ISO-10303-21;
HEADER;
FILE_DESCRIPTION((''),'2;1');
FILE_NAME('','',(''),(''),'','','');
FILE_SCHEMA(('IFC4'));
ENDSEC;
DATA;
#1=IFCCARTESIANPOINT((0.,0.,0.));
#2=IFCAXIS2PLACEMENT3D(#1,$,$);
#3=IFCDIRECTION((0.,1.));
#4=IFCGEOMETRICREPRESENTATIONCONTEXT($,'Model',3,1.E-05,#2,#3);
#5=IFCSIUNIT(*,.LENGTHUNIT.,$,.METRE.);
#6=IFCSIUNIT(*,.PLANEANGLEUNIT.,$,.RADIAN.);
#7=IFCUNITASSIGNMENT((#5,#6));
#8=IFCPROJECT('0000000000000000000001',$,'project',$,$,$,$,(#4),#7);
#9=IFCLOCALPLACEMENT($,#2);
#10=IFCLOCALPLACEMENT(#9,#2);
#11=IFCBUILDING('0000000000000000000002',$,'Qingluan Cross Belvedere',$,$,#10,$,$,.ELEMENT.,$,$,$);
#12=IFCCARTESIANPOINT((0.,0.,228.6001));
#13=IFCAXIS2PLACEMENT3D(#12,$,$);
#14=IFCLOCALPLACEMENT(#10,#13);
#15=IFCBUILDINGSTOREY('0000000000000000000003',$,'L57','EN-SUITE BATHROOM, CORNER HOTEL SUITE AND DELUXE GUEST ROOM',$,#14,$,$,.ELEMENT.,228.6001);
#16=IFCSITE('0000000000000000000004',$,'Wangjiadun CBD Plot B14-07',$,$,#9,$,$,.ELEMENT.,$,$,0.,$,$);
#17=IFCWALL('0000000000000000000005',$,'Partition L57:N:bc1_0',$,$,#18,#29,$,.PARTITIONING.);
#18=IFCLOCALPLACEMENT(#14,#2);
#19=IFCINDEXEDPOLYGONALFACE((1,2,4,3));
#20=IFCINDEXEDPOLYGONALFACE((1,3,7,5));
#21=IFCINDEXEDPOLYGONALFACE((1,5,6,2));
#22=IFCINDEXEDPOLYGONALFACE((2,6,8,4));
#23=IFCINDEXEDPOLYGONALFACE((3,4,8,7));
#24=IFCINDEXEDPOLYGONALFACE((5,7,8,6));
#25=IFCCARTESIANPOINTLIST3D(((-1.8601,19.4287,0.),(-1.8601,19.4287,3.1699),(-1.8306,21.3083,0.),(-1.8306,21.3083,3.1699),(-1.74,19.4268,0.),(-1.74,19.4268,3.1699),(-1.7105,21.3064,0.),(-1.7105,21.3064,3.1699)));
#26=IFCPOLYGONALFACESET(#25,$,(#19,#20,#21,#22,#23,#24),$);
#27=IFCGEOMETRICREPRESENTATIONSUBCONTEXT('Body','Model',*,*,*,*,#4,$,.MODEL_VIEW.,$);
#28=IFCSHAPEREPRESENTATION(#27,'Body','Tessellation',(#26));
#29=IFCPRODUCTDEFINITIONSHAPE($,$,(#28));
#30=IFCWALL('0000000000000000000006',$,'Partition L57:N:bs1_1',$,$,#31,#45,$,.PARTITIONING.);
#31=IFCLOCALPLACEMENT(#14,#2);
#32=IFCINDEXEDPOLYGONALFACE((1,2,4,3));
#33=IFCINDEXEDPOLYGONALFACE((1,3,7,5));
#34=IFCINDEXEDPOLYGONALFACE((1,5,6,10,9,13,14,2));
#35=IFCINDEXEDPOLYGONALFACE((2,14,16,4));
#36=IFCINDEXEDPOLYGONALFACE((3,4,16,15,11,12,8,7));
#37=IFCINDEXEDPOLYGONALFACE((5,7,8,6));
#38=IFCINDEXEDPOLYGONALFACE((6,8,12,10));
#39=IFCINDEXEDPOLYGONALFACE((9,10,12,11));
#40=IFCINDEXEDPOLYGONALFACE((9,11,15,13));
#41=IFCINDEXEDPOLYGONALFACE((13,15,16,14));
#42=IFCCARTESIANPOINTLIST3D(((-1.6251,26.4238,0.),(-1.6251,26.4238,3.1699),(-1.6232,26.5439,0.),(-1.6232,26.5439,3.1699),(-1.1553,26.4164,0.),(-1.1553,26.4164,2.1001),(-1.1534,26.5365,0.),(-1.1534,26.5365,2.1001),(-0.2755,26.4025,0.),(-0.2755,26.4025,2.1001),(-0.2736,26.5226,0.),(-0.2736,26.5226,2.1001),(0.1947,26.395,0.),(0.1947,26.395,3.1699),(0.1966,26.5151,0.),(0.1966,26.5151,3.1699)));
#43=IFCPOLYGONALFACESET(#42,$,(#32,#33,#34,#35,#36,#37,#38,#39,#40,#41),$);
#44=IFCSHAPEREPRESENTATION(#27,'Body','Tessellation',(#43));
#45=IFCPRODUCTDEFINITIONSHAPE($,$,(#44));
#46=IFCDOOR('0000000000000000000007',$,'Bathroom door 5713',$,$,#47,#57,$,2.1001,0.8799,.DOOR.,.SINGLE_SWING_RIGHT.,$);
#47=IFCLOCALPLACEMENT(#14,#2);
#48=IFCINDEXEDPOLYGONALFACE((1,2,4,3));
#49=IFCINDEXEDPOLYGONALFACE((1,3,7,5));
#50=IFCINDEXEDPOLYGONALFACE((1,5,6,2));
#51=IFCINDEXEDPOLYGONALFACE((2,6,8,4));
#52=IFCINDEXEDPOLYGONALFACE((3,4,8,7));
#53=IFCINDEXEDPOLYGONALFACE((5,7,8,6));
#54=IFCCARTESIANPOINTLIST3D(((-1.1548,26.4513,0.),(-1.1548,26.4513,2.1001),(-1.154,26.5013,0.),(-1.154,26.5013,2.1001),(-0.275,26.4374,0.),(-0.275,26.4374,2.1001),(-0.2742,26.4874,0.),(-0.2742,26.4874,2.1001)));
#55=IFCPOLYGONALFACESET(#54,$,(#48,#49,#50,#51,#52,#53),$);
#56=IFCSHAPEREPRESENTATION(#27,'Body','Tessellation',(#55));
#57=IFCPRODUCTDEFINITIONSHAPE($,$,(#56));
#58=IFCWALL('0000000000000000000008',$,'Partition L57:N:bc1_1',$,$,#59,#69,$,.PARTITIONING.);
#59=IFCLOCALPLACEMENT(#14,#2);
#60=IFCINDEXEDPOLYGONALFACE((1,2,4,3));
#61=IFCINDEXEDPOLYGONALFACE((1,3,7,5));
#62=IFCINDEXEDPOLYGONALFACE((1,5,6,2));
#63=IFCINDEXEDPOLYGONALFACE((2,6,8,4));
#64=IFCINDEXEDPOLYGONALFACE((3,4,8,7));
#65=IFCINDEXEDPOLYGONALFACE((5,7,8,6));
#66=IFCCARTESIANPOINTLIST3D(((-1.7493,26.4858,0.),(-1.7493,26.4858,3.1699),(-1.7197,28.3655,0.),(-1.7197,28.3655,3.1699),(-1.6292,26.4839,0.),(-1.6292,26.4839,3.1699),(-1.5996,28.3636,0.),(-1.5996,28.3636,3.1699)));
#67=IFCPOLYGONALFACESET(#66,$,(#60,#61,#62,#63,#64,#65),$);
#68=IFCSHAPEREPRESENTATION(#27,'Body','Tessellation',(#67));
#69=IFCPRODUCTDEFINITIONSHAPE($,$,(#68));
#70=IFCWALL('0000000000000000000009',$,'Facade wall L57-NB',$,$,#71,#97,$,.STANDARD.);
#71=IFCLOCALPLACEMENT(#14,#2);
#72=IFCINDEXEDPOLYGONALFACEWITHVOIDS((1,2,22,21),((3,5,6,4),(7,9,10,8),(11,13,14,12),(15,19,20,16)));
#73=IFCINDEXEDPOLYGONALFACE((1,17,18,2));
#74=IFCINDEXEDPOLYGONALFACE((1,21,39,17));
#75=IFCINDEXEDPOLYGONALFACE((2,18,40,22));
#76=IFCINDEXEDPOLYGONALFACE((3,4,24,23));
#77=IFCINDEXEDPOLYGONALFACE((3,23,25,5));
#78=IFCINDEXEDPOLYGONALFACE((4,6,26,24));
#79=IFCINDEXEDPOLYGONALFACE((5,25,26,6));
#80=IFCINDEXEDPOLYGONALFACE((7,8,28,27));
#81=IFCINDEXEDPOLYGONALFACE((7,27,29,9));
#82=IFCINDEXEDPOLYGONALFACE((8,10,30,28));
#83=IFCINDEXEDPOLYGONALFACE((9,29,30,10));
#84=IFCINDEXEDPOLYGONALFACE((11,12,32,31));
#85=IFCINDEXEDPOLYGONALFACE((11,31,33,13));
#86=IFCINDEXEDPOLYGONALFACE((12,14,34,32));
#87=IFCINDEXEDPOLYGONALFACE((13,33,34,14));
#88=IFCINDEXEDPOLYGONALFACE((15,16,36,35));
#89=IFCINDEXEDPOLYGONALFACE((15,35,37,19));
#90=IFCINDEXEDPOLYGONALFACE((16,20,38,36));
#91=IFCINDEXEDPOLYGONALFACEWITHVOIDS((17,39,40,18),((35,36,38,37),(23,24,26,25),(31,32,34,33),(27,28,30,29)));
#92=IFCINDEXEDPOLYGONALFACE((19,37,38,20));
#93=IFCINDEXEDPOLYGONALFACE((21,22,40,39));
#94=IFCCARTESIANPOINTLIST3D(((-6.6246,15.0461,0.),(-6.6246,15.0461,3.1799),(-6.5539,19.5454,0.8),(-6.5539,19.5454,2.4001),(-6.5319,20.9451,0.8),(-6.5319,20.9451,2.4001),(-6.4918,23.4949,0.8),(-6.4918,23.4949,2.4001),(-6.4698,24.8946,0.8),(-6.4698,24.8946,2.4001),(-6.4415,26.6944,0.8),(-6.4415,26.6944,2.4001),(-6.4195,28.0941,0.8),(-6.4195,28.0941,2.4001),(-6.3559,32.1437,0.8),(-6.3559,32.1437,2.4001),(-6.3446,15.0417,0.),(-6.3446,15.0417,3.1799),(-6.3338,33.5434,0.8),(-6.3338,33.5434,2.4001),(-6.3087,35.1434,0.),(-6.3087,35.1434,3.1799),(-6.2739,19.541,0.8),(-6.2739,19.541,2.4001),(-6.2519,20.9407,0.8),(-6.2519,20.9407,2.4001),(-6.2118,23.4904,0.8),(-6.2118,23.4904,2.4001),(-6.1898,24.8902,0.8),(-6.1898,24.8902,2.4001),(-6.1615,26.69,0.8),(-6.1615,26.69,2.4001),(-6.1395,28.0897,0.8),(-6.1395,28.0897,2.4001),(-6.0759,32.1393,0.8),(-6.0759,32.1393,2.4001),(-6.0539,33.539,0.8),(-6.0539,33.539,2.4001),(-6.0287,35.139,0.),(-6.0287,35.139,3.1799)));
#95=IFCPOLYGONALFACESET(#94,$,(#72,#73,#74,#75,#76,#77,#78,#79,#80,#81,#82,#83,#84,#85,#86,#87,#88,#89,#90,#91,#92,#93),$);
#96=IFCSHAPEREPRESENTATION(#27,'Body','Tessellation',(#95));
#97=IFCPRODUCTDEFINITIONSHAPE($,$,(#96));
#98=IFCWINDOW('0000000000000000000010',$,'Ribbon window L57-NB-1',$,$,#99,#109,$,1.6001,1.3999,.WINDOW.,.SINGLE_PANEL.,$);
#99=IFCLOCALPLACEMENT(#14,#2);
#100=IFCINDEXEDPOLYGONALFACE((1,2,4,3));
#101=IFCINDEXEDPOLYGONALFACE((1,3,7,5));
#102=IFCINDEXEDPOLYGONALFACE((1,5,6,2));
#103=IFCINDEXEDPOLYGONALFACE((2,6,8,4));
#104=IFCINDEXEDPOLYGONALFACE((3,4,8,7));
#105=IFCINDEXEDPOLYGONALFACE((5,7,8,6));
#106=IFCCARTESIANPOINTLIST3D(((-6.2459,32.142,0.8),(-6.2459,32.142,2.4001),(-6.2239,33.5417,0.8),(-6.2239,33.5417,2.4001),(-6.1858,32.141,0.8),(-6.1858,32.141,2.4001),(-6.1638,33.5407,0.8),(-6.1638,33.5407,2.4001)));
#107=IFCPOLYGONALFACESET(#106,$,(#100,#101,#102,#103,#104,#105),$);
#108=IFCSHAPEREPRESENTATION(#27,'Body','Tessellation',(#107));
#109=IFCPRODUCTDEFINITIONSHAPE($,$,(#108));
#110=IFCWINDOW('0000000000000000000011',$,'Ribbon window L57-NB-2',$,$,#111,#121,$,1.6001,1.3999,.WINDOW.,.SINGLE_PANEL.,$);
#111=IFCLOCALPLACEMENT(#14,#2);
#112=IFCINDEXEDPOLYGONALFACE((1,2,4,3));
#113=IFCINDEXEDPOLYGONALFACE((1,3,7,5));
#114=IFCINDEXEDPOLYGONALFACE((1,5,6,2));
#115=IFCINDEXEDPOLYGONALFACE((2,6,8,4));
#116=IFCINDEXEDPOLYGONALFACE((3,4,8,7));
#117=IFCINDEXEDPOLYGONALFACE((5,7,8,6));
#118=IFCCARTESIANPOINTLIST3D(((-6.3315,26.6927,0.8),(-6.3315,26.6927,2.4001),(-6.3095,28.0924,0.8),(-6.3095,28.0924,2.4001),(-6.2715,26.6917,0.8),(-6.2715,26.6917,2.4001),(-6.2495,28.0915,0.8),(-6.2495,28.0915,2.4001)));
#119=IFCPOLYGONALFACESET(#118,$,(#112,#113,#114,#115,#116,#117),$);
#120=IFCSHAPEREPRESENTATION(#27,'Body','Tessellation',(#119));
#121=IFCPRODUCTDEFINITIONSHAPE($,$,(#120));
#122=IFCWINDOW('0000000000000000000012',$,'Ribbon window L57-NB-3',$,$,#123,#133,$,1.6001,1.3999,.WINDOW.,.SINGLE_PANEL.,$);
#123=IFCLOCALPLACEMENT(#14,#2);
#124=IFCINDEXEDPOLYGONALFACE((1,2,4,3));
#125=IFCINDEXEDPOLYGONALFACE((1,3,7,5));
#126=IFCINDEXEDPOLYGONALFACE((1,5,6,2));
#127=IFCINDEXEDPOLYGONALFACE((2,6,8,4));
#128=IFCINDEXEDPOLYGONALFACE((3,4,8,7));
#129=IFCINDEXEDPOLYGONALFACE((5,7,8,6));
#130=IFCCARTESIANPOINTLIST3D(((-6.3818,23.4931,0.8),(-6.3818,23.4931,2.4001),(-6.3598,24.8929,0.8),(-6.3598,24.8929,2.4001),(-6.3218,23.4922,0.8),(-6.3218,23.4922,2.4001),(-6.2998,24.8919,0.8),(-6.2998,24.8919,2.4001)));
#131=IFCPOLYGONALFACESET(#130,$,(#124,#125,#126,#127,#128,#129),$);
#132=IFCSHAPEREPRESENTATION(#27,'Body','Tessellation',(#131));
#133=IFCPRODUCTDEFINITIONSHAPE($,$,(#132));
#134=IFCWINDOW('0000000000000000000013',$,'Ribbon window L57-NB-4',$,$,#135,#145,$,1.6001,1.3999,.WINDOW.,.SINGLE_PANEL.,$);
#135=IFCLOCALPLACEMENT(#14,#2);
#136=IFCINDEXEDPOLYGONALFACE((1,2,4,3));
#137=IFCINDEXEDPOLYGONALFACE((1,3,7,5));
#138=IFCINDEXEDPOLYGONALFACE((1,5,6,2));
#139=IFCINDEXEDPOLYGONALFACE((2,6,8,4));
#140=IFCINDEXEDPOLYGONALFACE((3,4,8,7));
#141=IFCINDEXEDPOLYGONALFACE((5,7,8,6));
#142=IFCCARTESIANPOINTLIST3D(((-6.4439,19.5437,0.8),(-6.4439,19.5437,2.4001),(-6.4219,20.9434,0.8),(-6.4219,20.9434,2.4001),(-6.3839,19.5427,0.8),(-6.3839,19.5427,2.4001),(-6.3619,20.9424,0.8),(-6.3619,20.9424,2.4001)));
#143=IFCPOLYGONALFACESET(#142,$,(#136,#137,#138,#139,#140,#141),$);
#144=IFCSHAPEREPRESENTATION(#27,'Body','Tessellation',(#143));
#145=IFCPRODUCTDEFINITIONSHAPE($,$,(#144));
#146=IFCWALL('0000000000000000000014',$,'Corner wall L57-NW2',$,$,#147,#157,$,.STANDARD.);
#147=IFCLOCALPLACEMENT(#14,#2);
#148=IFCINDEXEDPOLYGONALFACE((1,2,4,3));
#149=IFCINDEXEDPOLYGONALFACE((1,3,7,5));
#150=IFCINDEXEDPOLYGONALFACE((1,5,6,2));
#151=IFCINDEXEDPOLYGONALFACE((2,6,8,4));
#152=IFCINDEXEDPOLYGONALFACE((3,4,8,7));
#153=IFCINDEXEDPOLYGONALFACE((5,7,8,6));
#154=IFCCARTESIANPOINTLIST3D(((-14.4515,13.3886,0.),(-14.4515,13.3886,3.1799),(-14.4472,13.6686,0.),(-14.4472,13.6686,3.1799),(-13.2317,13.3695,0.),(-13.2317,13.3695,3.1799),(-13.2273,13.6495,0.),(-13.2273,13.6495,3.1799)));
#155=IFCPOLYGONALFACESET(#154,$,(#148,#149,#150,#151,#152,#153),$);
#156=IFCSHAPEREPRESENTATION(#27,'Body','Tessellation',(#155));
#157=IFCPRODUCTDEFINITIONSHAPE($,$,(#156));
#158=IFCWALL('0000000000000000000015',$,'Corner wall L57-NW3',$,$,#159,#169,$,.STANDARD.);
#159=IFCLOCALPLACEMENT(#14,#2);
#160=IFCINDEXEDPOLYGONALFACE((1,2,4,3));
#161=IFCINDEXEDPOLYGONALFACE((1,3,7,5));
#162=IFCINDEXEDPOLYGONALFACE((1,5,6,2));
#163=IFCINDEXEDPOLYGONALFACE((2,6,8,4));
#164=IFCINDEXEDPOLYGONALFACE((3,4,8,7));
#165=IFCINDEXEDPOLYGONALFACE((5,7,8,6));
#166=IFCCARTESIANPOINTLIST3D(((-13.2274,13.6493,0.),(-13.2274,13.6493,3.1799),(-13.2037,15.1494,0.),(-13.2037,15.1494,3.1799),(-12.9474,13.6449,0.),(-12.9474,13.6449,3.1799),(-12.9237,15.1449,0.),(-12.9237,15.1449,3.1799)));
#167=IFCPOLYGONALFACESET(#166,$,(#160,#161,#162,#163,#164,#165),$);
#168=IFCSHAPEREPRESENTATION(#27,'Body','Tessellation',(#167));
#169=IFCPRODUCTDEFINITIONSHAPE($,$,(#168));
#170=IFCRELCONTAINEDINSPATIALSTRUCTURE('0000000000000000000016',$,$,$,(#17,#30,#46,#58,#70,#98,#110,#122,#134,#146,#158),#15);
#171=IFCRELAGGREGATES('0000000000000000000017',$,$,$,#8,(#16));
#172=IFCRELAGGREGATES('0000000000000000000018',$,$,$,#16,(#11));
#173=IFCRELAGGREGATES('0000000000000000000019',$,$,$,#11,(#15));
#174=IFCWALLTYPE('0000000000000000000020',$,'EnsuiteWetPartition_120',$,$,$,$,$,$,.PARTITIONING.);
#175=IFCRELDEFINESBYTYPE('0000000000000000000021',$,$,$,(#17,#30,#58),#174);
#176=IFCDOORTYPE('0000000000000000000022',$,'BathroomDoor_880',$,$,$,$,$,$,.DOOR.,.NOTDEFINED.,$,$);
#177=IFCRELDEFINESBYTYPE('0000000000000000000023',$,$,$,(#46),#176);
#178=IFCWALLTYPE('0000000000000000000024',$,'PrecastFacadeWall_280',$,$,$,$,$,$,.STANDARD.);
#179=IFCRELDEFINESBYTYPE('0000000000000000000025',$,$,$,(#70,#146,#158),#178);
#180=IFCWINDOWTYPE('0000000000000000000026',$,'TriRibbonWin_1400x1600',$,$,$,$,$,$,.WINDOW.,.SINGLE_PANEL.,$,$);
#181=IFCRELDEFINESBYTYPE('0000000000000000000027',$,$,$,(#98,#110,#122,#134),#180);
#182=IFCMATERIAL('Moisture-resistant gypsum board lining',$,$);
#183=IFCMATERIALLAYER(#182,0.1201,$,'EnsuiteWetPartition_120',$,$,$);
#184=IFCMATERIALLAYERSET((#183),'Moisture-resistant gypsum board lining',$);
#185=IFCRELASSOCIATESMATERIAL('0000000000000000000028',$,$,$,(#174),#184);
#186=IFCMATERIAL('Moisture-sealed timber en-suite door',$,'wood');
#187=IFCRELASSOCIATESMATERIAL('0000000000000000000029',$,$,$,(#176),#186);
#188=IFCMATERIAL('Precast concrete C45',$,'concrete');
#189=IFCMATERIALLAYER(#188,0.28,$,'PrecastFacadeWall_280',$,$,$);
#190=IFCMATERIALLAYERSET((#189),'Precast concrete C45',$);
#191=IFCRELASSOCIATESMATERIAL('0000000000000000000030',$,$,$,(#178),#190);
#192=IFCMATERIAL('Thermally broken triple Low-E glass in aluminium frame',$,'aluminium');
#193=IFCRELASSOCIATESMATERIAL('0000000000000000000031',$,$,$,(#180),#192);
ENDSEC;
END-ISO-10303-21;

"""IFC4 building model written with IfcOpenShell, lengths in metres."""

from ifc_helpers import new_model, si_unit, direction, frame, frame_2d, origin, place, context, subcontext, project, spatial, rectangle, extrude, material, layer, layer_set, type_object, element, fill, save


model = new_model("IFC4")

# Units and contexts
model_context = context("Model", 3, precision=1e-05, world=origin(), true_north=direction((0.0, 1.0)))
body_context = subcontext(model_context, "Body", "Model", "MODEL_VIEW")
ifc_project = project(units=[si_unit("LENGTHUNIT", "METRE"), si_unit("PLANEANGLEUNIT", "RADIAN")], contexts=[model_context])

# Site, building, storey
site_placement = place(None, origin())
site = spatial("IfcSite", under=ifc_project, at=site_placement, Name="Wangjiadun CBD Plot B14-07", CompositionType="ELEMENT", RefElevation=0.0)
building_placement = place(site_placement, origin())
building = spatial("IfcBuilding", under=site, at=building_placement, Name="Qingluan Cross Belvedere", CompositionType="ELEMENT")
storey_placement = place(building_placement, frame((0.0, 0.0, 228.6001)))
storey = spatial("IfcBuildingStorey", under=building, at=storey_placement, Name="L57", Description="EN-SUITE BATHROOM, CORNER HOTEL SUITE AND DELUXE GUEST ROOM", CompositionType="ELEMENT", Elevation=228.6001)

# Shared definitions
ifc_material_1 = material(Name="Moisture-resistant gypsum board lining")
ifc_layer_1 = layer(ifc_material_1, 0.1201, Name="EnsuiteWetPartition_120")
ifc_layer_set_1 = layer_set([ifc_layer_1], Name="Moisture-resistant gypsum board lining")
wall_type_1 = type_object("IfcWallType", Name="EnsuiteWetPartition_120", PredefinedType="PARTITIONING", material=ifc_layer_set_1)
ifc_material_2 = material(Name="Moisture-sealed timber en-suite door", Category="wood")
door_type = type_object("IfcDoorType", Name="BathroomDoor_880", OperationType="NOTDEFINED", PredefinedType="DOOR", material=ifc_material_2)

# Wall
wall_1_placement = place(storey_placement, frame((-1.8, 19.4277, 0.0), z_axis=(0.0, 0.0, 1.0), x_axis=(0.015714, 0.999877, 0.0)))
element("IfcWall", 1, at=wall_1_placement, inside=storey, type_object=wall_type_1, Name="Partition L57:N:bc1_0", PredefinedType="PARTITIONING", context=body_context, shape_type="SweptSolid", body=[
    extrude(rectangle(XDim=1.8799, YDim=0.1201, at=frame_2d((0.9399, 0.0))), origin(), (0.0, 0.0, 1.0), 3.1699),
])

# Wall, opening, door
wall_2_placement = place(storey_placement, frame((-1.6243, 26.4839, 0.0), z_axis=(0.0, 0.0, 1.0), x_axis=(0.999875, -0.015828, 0.0)))
wall_2 = element("IfcWall", 2, at=wall_2_placement, inside=storey, type_object=wall_type_1, Name="Partition L57:N:bs1_1", PredefinedType="PARTITIONING", context=body_context, shape_type="SweptSolid", body=[
    extrude(rectangle(XDim=1.8201, YDim=0.1201, at=frame_2d((0.9102, 0.0))), origin(), (0.0, 0.0, 1.0), 3.1699),
])
opening_1_placement = place(wall_2_placement, frame((0.47, 0.0, 0.0)))
opening_1 = element("IfcOpeningElement", 3, at=opening_1_placement, cuts=wall_2, PredefinedType="OPENING", context=body_context, shape_type="SweptSolid", body=[
    extrude(rectangle(XDim=0.8799, YDim=2.1001, at=frame_2d((0.4399, 1.05))), frame((0.0, 0.0701, 0.0), z_axis=(0.0, -1.0, 0.0), x_axis=(1.0, 0.0, 0.0)), (0.0, 0.0, 1.0), 0.1401),
])
door_1_placement = place(opening_1_placement, origin())
door_1 = element("IfcDoor", 4, at=door_1_placement, inside=storey, type_object=door_type, Name="Bathroom door 5713", OperationType="SINGLE_SWING_RIGHT", OverallHeight=2.1001, OverallWidth=0.8799, PredefinedType="DOOR", context=body_context, shape_type="SweptSolid", body=[
    extrude(rectangle(XDim=0.8799, YDim=2.1001, at=frame_2d((0.4399, 1.05))), frame((0.0, 0.0249, 0.0), z_axis=(0.0, -1.0, 0.0), x_axis=(1.0, 0.0, 0.0)), (0.0, 0.0, 1.0), 0.05),
])
fill(opening_1, door_1)

# Wall
wall_3_placement = place(storey_placement, frame((-1.6892, 26.4849, 0.0), z_axis=(0.0, 0.0, 1.0), x_axis=(0.015714, 0.999877, 0.0)))
element("IfcWall", 5, at=wall_3_placement, inside=storey, type_object=wall_type_1, Name="Partition L57:N:bc1_1", PredefinedType="PARTITIONING", context=body_context, shape_type="SweptSolid", body=[
    extrude(rectangle(XDim=1.8799, YDim=0.1201, at=frame_2d((0.9399, 0.0))), origin(), (0.0, 0.0, 1.0), 3.1699),
])

# Wall, openings, windows
ifc_material_3 = material(Name="Precast concrete C45", Category="concrete")
ifc_layer_2 = layer(ifc_material_3, 0.28, Name="PrecastFacadeWall_280")
ifc_layer_set_2 = layer_set([ifc_layer_2], Name="Precast concrete C45")
wall_type_2 = type_object("IfcWallType", Name="PrecastFacadeWall_280", PredefinedType="STANDARD", material=ifc_layer_set_2)
wall_4_placement = place(storey_placement, frame((-6.1687, 35.1411, 0.0), z_axis=(0.0, 0.0, 1.0), x_axis=(-0.015717, -0.999876, 0.0)))
wall_4 = element("IfcWall", 6, at=wall_4_placement, inside=storey, type_object=wall_type_2, Name="Facade wall L57-NB", PredefinedType="STANDARD", context=body_context, shape_type="SweptSolid", body=[
    extrude(rectangle(XDim=20.0999, YDim=0.28, at=frame_2d((10.0498, 0.0))), origin(), (0.0, 0.0, 1.0), 3.1799),
])
opening_2_placement = place(wall_4_placement, frame((1.6001, 0.0, 0.8)))
opening_2 = element("IfcOpeningElement", 7, at=opening_2_placement, cuts=wall_4, PredefinedType="OPENING", context=body_context, shape_type="SweptSolid", body=[
    extrude(rectangle(XDim=1.3999, YDim=1.6001, at=frame_2d((0.7, 0.8))), frame((0.0, 0.1499, 0.0), z_axis=(0.0, -1.0, 0.0), x_axis=(1.0, 0.0, 0.0)), (0.0, 0.0, 1.0), 0.3),
])
opening_3_placement = place(wall_4_placement, frame((7.05, 0.0, 0.8)))
opening_3 = element("IfcOpeningElement", 8, at=opening_3_placement, cuts=wall_4, PredefinedType="OPENING", context=body_context, shape_type="SweptSolid", body=[
    extrude(rectangle(XDim=1.3999, YDim=1.6001, at=frame_2d((0.7, 0.8))), frame((0.0, 0.1499, 0.0), z_axis=(0.0, -1.0, 0.0), x_axis=(1.0, 0.0, 0.0)), (0.0, 0.0, 1.0), 0.3),
])
opening_4_placement = place(wall_4_placement, frame((10.25, 0.0, 0.8)))
opening_4 = element("IfcOpeningElement", 9, at=opening_4_placement, cuts=wall_4, PredefinedType="OPENING", context=body_context, shape_type="SweptSolid", body=[
    extrude(rectangle(XDim=1.3999, YDim=1.6001, at=frame_2d((0.7, 0.8))), frame((0.0, 0.1499, 0.0), z_axis=(0.0, -1.0, 0.0), x_axis=(1.0, 0.0, 0.0)), (0.0, 0.0, 1.0), 0.3),
])
opening_5_placement = place(wall_4_placement, frame((14.2, 0.0, 0.8)))
opening_5 = element("IfcOpeningElement", 10, at=opening_5_placement, cuts=wall_4, PredefinedType="OPENING", context=body_context, shape_type="SweptSolid", body=[
    extrude(rectangle(XDim=1.3999, YDim=1.6001, at=frame_2d((0.7, 0.8))), frame((0.0, 0.1499, 0.0), z_axis=(0.0, -1.0, 0.0), x_axis=(1.0, 0.0, 0.0)), (0.0, 0.0, 1.0), 0.3),
])
ifc_material_4 = material(Name="Thermally broken triple Low-E glass in aluminium frame", Category="aluminium")
window_type = type_object("IfcWindowType", Name="TriRibbonWin_1400x1600", PartitioningType="SINGLE_PANEL", PredefinedType="WINDOW", material=ifc_material_4)
window_1_placement = place(opening_2_placement, origin())
window_1 = element("IfcWindow", 11, at=window_1_placement, inside=storey, type_object=window_type, Name="Ribbon window L57-NB-1", OverallHeight=1.6001, OverallWidth=1.3999, PartitioningType="SINGLE_PANEL", PredefinedType="WINDOW", context=body_context, shape_type="SweptSolid", body=[
    extrude(rectangle(XDim=1.3999, YDim=1.6001, at=frame_2d((0.7, 0.8))), frame((0.0, 0.03, 0.0), z_axis=(0.0, -1.0, 0.0), x_axis=(1.0, 0.0, 0.0)), (0.0, 0.0, 1.0), 0.0601),
])
fill(opening_2, window_1)
window_2_placement = place(opening_3_placement, origin())
window_2 = element("IfcWindow", 12, at=window_2_placement, inside=storey, type_object=window_type, Name="Ribbon window L57-NB-2", OverallHeight=1.6001, OverallWidth=1.3999, PartitioningType="SINGLE_PANEL", PredefinedType="WINDOW", context=body_context, shape_type="SweptSolid", body=[
    extrude(rectangle(XDim=1.3999, YDim=1.6001, at=frame_2d((0.7, 0.8))), frame((0.0, 0.03, 0.0), z_axis=(0.0, -1.0, 0.0), x_axis=(1.0, 0.0, 0.0)), (0.0, 0.0, 1.0), 0.0601),
])
fill(opening_3, window_2)
window_3_placement = place(opening_4_placement, origin())
window_3 = element("IfcWindow", 13, at=window_3_placement, inside=storey, type_object=window_type, Name="Ribbon window L57-NB-3", OverallHeight=1.6001, OverallWidth=1.3999, PartitioningType="SINGLE_PANEL", PredefinedType="WINDOW", context=body_context, shape_type="SweptSolid", body=[
    extrude(rectangle(XDim=1.3999, YDim=1.6001, at=frame_2d((0.7, 0.8))), frame((0.0, 0.03, 0.0), z_axis=(0.0, -1.0, 0.0), x_axis=(1.0, 0.0, 0.0)), (0.0, 0.0, 1.0), 0.0601),
])
fill(opening_4, window_3)
window_4_placement = place(opening_5_placement, origin())
window_4 = element("IfcWindow", 14, at=window_4_placement, inside=storey, type_object=window_type, Name="Ribbon window L57-NB-4", OverallHeight=1.6001, OverallWidth=1.3999, PartitioningType="SINGLE_PANEL", PredefinedType="WINDOW", context=body_context, shape_type="SweptSolid", body=[
    extrude(rectangle(XDim=1.3999, YDim=1.6001, at=frame_2d((0.7, 0.8))), frame((0.0, 0.03, 0.0), z_axis=(0.0, -1.0, 0.0), x_axis=(1.0, 0.0, 0.0)), (0.0, 0.0, 1.0), 0.0601),
])
fill(opening_5, window_4)

# Walls
wall_5_placement = place(storey_placement, frame((-14.4492, 13.5286, 0.0), z_axis=(0.0, 0.0, 1.0), x_axis=(0.999878, -0.015611, 0.0)))
element("IfcWall", 15, at=wall_5_placement, inside=storey, type_object=wall_type_2, Name="Corner wall L57-NW2", PredefinedType="STANDARD", context=body_context, shape_type="SweptSolid", body=[
    extrude(rectangle(XDim=1.22, YDim=0.28, at=frame_2d((0.6099, 0.0))), origin(), (0.0, 0.0, 1.0), 3.1799),
])
wall_6_placement = place(storey_placement, frame((-13.0874, 13.6472, 0.0), z_axis=(0.0, 0.0, 1.0), x_axis=(0.015786, 0.999875, 0.0)))
element("IfcWall", 16, at=wall_6_placement, inside=storey, type_object=wall_type_2, Name="Corner wall L57-NW3", PredefinedType="STANDARD", context=body_context, shape_type="SweptSolid", body=[
    extrude(rectangle(XDim=1.5002, YDim=0.28, at=frame_2d((0.75, 0.0))), origin(), (0.0, 0.0, 1.0), 3.1799),
])

save(model, "model.ifc")
